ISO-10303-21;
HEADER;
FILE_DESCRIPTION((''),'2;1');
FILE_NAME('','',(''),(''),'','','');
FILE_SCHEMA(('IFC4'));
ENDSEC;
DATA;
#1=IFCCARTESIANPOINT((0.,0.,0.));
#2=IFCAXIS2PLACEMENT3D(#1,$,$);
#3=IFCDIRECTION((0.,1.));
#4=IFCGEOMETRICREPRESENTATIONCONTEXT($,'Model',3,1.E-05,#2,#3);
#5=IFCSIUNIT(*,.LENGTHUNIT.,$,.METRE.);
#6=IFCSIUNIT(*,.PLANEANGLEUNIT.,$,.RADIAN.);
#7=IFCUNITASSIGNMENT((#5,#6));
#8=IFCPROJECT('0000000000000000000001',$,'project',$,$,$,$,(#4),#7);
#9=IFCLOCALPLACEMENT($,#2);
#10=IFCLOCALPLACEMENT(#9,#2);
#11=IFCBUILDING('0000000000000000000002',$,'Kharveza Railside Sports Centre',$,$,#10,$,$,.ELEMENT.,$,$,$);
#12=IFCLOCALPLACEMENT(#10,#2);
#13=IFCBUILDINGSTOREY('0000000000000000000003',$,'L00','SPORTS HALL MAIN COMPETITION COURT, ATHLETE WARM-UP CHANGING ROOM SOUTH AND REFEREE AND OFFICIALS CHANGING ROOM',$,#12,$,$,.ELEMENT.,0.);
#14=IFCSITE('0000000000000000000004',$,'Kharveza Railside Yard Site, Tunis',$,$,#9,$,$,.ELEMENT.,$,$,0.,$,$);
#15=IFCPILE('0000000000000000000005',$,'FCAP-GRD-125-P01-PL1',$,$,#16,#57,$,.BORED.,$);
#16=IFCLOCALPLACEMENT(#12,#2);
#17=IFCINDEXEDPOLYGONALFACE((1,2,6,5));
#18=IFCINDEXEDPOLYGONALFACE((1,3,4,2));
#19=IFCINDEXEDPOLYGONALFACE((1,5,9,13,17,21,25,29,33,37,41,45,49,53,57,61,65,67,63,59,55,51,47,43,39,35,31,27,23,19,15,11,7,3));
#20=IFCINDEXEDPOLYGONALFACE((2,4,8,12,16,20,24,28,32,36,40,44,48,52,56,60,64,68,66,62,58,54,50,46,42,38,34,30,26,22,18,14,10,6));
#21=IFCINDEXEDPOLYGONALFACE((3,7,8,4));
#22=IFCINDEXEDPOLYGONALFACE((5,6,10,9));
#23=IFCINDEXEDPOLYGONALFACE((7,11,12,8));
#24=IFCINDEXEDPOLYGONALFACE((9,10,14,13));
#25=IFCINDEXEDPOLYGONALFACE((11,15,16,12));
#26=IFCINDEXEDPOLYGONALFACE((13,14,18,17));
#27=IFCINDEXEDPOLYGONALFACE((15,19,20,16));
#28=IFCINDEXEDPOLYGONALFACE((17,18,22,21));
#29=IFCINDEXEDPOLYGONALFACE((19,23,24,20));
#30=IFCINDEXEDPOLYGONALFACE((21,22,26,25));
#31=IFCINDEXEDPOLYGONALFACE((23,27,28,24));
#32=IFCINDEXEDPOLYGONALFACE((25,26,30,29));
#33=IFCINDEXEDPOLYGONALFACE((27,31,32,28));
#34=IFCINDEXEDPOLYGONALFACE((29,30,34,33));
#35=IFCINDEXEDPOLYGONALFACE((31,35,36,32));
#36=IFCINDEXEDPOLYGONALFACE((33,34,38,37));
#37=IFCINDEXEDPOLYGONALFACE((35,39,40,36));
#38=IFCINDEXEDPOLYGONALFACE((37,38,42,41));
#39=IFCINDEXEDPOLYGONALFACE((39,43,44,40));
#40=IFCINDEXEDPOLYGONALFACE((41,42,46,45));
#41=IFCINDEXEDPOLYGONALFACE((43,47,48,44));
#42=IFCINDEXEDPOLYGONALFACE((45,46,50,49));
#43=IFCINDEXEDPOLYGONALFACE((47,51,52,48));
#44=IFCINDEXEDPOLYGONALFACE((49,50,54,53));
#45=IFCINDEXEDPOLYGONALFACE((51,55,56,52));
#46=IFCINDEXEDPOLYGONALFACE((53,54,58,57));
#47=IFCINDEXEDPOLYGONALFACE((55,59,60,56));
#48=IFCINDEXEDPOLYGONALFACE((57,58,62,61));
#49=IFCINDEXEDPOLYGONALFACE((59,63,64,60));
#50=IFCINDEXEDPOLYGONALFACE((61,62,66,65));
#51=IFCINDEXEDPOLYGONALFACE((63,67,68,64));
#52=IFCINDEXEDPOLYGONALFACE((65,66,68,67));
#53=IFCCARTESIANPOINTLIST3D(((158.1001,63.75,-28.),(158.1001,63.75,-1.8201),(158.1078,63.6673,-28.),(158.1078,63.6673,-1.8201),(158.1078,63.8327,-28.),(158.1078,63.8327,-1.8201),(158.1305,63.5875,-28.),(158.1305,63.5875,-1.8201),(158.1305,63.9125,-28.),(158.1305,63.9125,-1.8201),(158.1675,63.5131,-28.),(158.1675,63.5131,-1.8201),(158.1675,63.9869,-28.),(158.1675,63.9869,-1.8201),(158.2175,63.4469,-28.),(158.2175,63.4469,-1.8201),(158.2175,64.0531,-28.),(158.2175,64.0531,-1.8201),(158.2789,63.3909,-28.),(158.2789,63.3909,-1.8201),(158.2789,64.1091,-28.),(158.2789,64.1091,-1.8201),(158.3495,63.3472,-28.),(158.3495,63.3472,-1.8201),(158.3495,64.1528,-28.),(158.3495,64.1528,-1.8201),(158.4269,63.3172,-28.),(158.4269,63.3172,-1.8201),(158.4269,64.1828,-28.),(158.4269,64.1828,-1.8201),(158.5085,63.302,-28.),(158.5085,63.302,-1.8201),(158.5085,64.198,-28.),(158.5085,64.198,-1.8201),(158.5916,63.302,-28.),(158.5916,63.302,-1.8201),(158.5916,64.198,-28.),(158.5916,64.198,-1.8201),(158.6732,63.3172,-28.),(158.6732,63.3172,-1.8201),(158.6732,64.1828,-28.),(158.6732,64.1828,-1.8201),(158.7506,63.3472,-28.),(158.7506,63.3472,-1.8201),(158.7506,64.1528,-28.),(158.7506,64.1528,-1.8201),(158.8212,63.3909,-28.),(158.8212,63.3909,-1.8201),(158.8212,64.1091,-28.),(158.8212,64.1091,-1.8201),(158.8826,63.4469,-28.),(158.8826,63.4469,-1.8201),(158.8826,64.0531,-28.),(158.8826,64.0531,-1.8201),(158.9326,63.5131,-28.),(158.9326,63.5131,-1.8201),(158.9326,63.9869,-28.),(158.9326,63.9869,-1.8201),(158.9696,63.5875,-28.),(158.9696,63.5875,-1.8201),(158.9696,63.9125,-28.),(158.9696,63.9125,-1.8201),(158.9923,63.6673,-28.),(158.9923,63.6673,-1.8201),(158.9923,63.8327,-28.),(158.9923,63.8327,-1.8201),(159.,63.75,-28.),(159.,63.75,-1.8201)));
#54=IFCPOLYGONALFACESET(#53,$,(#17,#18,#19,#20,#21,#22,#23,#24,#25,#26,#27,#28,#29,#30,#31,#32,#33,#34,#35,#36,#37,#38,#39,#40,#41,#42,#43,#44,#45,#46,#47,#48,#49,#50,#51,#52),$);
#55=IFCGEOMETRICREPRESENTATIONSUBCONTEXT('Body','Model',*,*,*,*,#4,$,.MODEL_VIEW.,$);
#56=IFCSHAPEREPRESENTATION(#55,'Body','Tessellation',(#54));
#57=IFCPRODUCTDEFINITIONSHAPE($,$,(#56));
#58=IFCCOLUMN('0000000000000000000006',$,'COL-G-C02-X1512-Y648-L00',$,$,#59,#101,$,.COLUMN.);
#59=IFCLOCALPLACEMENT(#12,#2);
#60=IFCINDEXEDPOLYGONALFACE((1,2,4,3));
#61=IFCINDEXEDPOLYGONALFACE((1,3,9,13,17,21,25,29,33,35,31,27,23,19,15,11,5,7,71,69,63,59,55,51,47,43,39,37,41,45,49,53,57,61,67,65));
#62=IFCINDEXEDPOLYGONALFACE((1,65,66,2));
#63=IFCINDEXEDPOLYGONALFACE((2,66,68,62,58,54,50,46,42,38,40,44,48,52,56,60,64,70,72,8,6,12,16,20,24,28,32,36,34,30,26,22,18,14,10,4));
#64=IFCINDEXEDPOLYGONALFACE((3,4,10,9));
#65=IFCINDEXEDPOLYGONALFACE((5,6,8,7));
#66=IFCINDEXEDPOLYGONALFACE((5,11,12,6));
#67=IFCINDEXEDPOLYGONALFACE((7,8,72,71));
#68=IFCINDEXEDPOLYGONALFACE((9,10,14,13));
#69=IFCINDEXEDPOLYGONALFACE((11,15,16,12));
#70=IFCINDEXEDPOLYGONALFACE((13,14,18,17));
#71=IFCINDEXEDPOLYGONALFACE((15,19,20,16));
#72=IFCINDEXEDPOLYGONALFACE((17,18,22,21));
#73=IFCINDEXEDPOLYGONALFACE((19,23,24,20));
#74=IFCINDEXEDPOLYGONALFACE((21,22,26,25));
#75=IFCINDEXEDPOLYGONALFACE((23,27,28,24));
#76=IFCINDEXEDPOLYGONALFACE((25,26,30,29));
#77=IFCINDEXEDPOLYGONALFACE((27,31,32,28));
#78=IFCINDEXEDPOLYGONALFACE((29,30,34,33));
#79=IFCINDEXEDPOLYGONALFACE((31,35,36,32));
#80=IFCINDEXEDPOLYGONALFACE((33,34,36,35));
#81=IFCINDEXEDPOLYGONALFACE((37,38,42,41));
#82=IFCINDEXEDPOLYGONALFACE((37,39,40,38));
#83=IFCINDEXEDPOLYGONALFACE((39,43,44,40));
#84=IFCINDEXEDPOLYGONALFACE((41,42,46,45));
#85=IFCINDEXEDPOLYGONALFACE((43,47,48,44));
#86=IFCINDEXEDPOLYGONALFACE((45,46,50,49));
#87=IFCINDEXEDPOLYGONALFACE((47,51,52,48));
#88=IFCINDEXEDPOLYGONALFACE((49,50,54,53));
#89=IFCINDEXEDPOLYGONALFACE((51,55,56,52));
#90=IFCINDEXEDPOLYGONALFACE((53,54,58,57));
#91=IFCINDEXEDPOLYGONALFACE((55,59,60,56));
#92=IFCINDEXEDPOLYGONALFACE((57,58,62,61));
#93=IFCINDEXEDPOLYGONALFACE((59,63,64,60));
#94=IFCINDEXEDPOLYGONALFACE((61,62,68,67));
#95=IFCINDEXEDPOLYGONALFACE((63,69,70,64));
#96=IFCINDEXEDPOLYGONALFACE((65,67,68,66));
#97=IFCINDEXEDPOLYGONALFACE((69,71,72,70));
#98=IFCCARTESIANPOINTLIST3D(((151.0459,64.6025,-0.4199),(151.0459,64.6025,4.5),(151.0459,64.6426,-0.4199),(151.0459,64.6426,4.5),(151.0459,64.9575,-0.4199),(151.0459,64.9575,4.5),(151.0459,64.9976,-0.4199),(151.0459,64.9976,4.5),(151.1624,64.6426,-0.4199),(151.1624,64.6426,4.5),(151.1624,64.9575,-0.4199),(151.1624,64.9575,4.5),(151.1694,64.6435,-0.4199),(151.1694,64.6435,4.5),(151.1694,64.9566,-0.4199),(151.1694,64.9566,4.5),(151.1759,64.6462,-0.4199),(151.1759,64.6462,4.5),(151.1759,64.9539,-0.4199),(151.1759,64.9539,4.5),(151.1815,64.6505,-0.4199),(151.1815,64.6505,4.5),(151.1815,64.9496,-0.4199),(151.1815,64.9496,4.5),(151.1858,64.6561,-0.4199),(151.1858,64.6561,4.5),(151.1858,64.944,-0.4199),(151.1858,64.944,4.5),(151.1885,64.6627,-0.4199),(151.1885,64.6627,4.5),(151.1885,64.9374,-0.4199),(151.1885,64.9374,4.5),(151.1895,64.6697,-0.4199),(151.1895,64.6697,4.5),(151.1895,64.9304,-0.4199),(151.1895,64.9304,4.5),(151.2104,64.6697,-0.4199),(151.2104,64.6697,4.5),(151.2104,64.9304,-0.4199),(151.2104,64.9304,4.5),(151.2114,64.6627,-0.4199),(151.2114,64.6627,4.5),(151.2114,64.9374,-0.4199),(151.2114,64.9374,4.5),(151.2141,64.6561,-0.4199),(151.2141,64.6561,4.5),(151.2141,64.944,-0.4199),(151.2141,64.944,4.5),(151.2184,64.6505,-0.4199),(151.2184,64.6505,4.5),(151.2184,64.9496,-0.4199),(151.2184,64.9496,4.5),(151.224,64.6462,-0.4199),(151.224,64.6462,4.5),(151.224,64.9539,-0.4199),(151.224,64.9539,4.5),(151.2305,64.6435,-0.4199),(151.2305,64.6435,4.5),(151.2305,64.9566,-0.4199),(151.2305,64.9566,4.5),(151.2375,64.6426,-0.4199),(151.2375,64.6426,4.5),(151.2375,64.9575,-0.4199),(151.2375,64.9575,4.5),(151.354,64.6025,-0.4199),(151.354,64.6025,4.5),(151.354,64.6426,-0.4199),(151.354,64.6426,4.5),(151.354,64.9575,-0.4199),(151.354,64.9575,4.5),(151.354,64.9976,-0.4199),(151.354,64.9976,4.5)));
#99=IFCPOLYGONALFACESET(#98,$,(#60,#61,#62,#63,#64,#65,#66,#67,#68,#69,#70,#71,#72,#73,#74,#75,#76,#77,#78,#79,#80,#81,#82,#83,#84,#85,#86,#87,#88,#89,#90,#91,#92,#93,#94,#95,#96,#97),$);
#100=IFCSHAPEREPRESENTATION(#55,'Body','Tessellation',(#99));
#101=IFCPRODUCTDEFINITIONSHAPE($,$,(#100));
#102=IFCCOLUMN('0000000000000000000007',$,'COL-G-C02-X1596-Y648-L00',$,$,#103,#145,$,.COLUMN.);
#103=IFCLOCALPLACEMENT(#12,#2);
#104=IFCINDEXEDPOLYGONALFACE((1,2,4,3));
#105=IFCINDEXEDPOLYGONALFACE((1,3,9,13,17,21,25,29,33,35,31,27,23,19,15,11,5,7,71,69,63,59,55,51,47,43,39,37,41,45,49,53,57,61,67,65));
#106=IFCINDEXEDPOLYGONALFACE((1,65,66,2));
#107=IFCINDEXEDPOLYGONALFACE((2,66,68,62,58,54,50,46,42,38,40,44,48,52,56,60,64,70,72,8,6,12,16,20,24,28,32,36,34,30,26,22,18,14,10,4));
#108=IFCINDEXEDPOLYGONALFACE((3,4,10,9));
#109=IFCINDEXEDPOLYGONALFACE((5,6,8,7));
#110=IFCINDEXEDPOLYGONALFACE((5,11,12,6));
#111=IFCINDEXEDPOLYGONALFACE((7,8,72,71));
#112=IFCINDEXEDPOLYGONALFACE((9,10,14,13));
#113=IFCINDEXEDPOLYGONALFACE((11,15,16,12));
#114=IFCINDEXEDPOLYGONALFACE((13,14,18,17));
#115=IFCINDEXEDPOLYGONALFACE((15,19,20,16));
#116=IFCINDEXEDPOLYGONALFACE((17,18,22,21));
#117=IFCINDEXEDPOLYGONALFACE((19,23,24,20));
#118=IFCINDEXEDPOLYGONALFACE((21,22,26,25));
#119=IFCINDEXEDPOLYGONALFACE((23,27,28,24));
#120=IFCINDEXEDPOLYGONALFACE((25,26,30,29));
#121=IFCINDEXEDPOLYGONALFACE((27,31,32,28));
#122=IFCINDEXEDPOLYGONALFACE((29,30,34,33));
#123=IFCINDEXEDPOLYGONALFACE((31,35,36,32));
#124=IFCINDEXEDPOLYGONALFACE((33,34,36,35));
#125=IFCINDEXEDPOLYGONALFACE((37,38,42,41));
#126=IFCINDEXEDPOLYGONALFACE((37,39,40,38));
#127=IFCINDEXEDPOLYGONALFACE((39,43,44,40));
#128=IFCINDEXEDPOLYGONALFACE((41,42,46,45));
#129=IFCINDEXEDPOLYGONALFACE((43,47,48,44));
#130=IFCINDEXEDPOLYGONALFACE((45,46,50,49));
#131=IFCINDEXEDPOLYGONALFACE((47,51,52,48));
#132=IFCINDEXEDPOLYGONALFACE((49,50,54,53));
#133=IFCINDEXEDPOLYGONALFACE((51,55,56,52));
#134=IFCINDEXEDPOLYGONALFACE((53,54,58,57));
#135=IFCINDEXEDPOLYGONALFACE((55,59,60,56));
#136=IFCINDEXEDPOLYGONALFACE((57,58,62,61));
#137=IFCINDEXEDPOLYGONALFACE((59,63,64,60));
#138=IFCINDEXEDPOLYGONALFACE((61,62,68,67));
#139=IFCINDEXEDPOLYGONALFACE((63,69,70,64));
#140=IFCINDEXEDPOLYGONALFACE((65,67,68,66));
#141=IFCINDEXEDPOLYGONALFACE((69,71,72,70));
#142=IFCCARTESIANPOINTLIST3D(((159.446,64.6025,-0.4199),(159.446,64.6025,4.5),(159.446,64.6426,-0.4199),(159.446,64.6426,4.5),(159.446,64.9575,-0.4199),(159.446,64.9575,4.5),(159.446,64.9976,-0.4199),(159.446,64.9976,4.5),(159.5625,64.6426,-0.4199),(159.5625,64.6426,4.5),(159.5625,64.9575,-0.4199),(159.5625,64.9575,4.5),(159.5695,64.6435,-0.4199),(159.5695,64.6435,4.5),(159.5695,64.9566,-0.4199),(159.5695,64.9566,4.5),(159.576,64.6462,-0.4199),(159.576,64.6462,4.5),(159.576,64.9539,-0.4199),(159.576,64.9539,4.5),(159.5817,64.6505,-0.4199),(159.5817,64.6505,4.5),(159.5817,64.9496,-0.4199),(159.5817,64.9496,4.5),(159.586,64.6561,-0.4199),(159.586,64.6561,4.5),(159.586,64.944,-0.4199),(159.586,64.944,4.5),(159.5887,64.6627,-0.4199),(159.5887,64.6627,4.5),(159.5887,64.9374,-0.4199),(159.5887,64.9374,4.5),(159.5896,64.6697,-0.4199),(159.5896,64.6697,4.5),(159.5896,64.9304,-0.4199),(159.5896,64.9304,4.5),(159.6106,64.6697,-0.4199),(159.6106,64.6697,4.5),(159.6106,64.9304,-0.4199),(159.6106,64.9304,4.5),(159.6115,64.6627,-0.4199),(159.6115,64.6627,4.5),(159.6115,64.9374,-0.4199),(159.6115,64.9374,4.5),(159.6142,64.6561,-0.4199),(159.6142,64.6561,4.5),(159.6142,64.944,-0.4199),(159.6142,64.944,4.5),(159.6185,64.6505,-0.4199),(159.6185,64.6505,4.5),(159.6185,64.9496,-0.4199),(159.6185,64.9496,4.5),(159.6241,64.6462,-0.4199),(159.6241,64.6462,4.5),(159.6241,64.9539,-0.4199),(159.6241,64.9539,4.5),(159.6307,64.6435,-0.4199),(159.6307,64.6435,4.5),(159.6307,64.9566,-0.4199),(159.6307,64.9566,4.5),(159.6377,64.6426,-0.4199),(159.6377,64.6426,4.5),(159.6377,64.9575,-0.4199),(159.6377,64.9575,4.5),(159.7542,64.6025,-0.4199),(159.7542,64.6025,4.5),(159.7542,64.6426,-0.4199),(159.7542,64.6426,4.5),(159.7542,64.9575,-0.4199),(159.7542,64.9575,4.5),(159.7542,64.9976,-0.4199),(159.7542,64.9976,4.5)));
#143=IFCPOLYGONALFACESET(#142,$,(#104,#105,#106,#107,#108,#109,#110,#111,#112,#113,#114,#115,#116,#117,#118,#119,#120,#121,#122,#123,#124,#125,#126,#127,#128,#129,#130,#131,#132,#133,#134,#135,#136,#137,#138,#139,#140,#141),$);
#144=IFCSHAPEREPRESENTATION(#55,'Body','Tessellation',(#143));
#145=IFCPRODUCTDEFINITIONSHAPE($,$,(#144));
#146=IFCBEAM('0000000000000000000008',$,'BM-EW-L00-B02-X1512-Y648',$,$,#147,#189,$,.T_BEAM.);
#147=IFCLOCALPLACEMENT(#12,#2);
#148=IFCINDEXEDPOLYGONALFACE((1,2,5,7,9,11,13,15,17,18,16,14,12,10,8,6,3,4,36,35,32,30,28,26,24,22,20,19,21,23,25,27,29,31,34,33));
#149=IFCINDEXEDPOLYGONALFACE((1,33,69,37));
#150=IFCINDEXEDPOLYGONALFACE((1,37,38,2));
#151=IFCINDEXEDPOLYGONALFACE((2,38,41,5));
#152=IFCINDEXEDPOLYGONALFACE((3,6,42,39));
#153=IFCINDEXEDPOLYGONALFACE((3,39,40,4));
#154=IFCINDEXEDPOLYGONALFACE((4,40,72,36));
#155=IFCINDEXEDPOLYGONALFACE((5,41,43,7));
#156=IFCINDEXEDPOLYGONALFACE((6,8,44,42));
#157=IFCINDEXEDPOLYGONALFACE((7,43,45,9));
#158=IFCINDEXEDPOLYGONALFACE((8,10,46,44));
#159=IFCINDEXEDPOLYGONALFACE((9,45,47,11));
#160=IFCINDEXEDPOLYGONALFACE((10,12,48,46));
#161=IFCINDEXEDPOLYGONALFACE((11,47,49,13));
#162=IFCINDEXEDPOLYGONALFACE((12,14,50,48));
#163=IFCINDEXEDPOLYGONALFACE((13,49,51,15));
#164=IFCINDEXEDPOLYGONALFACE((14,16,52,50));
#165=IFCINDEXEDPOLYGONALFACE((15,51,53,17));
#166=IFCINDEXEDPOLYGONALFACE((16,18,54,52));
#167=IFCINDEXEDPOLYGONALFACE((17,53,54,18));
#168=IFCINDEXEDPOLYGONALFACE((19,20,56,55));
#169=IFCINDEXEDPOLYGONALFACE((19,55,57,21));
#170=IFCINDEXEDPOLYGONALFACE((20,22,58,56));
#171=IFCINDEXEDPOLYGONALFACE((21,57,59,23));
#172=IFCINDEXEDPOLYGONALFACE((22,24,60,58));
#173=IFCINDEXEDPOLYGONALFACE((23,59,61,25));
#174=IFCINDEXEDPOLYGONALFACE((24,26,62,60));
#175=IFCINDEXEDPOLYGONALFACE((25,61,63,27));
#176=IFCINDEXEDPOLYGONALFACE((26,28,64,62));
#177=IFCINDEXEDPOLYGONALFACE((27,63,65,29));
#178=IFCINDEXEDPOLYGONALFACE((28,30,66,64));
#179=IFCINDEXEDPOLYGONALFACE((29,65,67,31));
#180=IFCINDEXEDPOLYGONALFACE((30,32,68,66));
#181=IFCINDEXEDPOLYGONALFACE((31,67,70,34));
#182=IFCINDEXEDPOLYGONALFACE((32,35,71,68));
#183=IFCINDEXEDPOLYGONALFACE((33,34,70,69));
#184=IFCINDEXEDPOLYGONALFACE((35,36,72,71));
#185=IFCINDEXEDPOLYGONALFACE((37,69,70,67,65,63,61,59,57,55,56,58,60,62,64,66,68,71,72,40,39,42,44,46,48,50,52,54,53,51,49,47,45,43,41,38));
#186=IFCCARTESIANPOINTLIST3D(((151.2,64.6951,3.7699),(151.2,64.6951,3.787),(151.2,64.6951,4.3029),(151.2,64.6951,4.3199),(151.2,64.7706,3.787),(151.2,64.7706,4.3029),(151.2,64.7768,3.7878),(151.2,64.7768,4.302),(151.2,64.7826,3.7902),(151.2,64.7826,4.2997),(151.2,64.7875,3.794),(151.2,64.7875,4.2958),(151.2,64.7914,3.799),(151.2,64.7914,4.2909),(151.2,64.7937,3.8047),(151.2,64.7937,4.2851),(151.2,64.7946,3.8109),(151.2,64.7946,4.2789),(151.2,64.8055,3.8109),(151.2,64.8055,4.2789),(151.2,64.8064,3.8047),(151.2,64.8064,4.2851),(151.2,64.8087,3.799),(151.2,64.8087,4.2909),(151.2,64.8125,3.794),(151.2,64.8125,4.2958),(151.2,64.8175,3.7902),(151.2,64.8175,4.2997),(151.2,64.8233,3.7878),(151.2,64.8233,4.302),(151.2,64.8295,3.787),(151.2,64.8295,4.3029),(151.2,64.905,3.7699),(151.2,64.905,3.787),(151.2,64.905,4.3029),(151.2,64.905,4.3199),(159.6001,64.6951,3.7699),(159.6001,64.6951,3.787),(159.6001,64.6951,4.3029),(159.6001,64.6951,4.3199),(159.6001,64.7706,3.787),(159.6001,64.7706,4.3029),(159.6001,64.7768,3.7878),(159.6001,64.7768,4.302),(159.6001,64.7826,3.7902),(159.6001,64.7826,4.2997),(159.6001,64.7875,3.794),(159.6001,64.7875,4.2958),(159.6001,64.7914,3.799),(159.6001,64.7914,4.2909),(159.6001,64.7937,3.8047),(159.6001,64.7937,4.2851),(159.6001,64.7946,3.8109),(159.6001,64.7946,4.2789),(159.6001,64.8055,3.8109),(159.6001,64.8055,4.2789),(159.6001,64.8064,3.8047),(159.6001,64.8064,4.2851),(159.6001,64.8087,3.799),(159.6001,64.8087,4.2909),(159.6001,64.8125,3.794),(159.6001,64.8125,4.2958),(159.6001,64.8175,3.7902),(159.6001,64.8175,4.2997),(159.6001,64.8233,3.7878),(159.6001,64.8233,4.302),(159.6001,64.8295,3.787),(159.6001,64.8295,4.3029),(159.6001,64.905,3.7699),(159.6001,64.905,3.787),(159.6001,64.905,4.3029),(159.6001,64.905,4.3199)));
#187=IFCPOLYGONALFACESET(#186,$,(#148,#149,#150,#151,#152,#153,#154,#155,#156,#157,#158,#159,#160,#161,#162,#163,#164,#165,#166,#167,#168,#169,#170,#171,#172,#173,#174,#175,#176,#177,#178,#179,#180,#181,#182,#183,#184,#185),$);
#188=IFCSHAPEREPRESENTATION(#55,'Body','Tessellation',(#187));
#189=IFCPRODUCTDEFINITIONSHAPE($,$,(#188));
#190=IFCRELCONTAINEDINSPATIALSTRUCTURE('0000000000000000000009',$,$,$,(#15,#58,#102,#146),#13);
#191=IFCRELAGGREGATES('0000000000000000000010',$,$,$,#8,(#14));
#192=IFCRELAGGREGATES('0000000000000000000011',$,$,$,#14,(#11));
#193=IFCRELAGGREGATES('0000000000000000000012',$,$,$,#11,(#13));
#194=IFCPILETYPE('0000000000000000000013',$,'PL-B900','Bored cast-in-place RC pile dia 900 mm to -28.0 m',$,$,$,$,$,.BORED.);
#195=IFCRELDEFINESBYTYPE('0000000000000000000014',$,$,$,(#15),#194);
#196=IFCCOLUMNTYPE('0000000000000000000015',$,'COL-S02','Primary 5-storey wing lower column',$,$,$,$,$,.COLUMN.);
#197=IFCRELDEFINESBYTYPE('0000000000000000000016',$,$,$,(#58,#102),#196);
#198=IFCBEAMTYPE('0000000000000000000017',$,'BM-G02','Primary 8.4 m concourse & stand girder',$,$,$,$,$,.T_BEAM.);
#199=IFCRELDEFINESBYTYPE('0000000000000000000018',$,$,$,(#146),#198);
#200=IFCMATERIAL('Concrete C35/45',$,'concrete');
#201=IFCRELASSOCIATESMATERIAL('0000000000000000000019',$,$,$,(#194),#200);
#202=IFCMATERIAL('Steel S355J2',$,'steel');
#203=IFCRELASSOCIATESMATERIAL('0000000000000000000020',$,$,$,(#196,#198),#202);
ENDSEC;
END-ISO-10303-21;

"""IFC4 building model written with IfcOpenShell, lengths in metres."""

from ifc_helpers import new_model, si_unit, direction, frame, origin, origin_2d, place, context, subcontext, project, spatial, circle, i_section, extrude, material, material_profile, profile_set, type_object, element, save


model = new_model("IFC4")

# Units and contexts
model_context = context("Model", 3, precision=1e-05, world=origin(), true_north=direction((0.0, 1.0)))
body_context = subcontext(model_context, "Body", "Model", "MODEL_VIEW")
ifc_project = project(units=[si_unit("LENGTHUNIT", "METRE"), si_unit("PLANEANGLEUNIT", "RADIAN")], contexts=[model_context])

# Site, building, storey
site_placement = place(None, origin())
site = spatial("IfcSite", under=ifc_project, at=site_placement, Name="Kharveza Railside Yard Site, Tunis", CompositionType="ELEMENT", RefElevation=0.0)
building_placement = place(site_placement, origin())
building = spatial("IfcBuilding", under=site, at=building_placement, Name="Kharveza Railside Sports Centre", CompositionType="ELEMENT")
storey_placement = place(building_placement, origin())
storey = spatial("IfcBuildingStorey", under=building, at=storey_placement, Name="L00", Description="SPORTS HALL MAIN COMPETITION COURT, ATHLETE WARM-UP CHANGING ROOM SOUTH AND REFEREE AND OFFICIALS CHANGING ROOM", CompositionType="ELEMENT", Elevation=0.0)

# Shared definitions
ifc_material_1 = material(Name="Concrete C35/45", Category="concrete")

# Pile
ifc_material_profile_1 = material_profile(ifc_material_1, circle(Radius=0.45, at=origin_2d()), Name="PILE D900")
ifc_profile_set_1 = profile_set([ifc_material_profile_1], Name="Concrete C35/45")
pile_type_1 = type_object("IfcPileType", Name="PL-B900", Description="Bored cast-in-place RC pile dia 900 mm to -28.0 m", PredefinedType="BORED", material=ifc_profile_set_1)
pile_1_placement = place(storey_placement, frame((158.55, 63.75, -1.8201), z_axis=(0.0, 0.0, -1.0), x_axis=(1.0, 0.0, 0.0)))
element("IfcPile", 1, at=pile_1_placement, inside=storey, type_object=pile_type_1, Name="FCAP-GRD-125-P01-PL1", PredefinedType="BORED", context=body_context, shape_type="SweptSolid", body=[
    extrude(circle(Radius=0.45, at=origin_2d()), origin(), (0.0, 0.0, 1.0), 26.1799),
])

# Columns
ifc_material_2 = material(Name="Steel S355J2", Category="steel")
ifc_material_profile_2 = material_profile(ifc_material_2, i_section(OverallWidth=0.3081, OverallDepth=0.395, WebThickness=0.021, FlangeThickness=0.04, FilletRadius=0.0271, at=origin_2d()), Name="HEM 360")
ifc_profile_set_2 = profile_set([ifc_material_profile_2], Name="Steel S355J2")
column_type = type_object("IfcColumnType", Name="COL-S02", Description="Primary 5-storey wing lower column", PredefinedType="COLUMN", material=ifc_profile_set_2)
for number, where, z_axis, x_axis, name in (
    (2, (151.2, 64.8, -0.4199), (0.0, 0.0, 1.0), (1.0, 0.0, 0.0), "COL-G-C02-X1512-Y648-L00"),
    (3, (159.6001, 64.8, -0.4199), (0.0, 0.0, 1.0), (1.0, 0.0, 0.0), "COL-G-C02-X1596-Y648-L00"),
):
    element("IfcColumn", number, at=place(storey_placement, frame(where, z_axis=z_axis, x_axis=x_axis)), inside=storey, type_object=column_type, Name=name, PredefinedType="COLUMN", context=body_context, shape_type="SweptSolid", body=[
        extrude(i_section(OverallWidth=0.3081, OverallDepth=0.395, WebThickness=0.021, FlangeThickness=0.04, FilletRadius=0.0271, at=origin_2d()), origin(), (0.0, 0.0, 1.0), 4.9199),
    ])

# Beam
ifc_material_profile_3 = material_profile(ifc_material_2, i_section(OverallWidth=0.21, OverallDepth=0.55, WebThickness=0.011, FlangeThickness=0.0171, FilletRadius=0.0239, at=origin_2d()), Name="IPE 550")
ifc_profile_set_3 = profile_set([ifc_material_profile_3], Name="Steel S355J2")
beam_type_1 = type_object("IfcBeamType", Name="BM-G02", Description="Primary 8.4 m concourse & stand girder", PredefinedType="T_BEAM", material=ifc_profile_set_3)
beam_1_placement = place(storey_placement, frame((151.2, 64.8, 4.0449), z_axis=(1.0, 0.0, 0.0), x_axis=(0.0, 1.0, 0.0)))
element("IfcBeam", 4, at=beam_1_placement, inside=storey, type_object=beam_type_1, Name="BM-EW-L00-B02-X1512-Y648", PredefinedType="T_BEAM", context=body_context, shape_type="SweptSolid", body=[
    extrude(i_section(OverallWidth=0.21, OverallDepth=0.55, WebThickness=0.011, FlangeThickness=0.0171, FilletRadius=0.0239, at=origin_2d()), origin(), (0.0, 0.0, 1.0), 8.4001),
])

save(model, "model.ifc")
